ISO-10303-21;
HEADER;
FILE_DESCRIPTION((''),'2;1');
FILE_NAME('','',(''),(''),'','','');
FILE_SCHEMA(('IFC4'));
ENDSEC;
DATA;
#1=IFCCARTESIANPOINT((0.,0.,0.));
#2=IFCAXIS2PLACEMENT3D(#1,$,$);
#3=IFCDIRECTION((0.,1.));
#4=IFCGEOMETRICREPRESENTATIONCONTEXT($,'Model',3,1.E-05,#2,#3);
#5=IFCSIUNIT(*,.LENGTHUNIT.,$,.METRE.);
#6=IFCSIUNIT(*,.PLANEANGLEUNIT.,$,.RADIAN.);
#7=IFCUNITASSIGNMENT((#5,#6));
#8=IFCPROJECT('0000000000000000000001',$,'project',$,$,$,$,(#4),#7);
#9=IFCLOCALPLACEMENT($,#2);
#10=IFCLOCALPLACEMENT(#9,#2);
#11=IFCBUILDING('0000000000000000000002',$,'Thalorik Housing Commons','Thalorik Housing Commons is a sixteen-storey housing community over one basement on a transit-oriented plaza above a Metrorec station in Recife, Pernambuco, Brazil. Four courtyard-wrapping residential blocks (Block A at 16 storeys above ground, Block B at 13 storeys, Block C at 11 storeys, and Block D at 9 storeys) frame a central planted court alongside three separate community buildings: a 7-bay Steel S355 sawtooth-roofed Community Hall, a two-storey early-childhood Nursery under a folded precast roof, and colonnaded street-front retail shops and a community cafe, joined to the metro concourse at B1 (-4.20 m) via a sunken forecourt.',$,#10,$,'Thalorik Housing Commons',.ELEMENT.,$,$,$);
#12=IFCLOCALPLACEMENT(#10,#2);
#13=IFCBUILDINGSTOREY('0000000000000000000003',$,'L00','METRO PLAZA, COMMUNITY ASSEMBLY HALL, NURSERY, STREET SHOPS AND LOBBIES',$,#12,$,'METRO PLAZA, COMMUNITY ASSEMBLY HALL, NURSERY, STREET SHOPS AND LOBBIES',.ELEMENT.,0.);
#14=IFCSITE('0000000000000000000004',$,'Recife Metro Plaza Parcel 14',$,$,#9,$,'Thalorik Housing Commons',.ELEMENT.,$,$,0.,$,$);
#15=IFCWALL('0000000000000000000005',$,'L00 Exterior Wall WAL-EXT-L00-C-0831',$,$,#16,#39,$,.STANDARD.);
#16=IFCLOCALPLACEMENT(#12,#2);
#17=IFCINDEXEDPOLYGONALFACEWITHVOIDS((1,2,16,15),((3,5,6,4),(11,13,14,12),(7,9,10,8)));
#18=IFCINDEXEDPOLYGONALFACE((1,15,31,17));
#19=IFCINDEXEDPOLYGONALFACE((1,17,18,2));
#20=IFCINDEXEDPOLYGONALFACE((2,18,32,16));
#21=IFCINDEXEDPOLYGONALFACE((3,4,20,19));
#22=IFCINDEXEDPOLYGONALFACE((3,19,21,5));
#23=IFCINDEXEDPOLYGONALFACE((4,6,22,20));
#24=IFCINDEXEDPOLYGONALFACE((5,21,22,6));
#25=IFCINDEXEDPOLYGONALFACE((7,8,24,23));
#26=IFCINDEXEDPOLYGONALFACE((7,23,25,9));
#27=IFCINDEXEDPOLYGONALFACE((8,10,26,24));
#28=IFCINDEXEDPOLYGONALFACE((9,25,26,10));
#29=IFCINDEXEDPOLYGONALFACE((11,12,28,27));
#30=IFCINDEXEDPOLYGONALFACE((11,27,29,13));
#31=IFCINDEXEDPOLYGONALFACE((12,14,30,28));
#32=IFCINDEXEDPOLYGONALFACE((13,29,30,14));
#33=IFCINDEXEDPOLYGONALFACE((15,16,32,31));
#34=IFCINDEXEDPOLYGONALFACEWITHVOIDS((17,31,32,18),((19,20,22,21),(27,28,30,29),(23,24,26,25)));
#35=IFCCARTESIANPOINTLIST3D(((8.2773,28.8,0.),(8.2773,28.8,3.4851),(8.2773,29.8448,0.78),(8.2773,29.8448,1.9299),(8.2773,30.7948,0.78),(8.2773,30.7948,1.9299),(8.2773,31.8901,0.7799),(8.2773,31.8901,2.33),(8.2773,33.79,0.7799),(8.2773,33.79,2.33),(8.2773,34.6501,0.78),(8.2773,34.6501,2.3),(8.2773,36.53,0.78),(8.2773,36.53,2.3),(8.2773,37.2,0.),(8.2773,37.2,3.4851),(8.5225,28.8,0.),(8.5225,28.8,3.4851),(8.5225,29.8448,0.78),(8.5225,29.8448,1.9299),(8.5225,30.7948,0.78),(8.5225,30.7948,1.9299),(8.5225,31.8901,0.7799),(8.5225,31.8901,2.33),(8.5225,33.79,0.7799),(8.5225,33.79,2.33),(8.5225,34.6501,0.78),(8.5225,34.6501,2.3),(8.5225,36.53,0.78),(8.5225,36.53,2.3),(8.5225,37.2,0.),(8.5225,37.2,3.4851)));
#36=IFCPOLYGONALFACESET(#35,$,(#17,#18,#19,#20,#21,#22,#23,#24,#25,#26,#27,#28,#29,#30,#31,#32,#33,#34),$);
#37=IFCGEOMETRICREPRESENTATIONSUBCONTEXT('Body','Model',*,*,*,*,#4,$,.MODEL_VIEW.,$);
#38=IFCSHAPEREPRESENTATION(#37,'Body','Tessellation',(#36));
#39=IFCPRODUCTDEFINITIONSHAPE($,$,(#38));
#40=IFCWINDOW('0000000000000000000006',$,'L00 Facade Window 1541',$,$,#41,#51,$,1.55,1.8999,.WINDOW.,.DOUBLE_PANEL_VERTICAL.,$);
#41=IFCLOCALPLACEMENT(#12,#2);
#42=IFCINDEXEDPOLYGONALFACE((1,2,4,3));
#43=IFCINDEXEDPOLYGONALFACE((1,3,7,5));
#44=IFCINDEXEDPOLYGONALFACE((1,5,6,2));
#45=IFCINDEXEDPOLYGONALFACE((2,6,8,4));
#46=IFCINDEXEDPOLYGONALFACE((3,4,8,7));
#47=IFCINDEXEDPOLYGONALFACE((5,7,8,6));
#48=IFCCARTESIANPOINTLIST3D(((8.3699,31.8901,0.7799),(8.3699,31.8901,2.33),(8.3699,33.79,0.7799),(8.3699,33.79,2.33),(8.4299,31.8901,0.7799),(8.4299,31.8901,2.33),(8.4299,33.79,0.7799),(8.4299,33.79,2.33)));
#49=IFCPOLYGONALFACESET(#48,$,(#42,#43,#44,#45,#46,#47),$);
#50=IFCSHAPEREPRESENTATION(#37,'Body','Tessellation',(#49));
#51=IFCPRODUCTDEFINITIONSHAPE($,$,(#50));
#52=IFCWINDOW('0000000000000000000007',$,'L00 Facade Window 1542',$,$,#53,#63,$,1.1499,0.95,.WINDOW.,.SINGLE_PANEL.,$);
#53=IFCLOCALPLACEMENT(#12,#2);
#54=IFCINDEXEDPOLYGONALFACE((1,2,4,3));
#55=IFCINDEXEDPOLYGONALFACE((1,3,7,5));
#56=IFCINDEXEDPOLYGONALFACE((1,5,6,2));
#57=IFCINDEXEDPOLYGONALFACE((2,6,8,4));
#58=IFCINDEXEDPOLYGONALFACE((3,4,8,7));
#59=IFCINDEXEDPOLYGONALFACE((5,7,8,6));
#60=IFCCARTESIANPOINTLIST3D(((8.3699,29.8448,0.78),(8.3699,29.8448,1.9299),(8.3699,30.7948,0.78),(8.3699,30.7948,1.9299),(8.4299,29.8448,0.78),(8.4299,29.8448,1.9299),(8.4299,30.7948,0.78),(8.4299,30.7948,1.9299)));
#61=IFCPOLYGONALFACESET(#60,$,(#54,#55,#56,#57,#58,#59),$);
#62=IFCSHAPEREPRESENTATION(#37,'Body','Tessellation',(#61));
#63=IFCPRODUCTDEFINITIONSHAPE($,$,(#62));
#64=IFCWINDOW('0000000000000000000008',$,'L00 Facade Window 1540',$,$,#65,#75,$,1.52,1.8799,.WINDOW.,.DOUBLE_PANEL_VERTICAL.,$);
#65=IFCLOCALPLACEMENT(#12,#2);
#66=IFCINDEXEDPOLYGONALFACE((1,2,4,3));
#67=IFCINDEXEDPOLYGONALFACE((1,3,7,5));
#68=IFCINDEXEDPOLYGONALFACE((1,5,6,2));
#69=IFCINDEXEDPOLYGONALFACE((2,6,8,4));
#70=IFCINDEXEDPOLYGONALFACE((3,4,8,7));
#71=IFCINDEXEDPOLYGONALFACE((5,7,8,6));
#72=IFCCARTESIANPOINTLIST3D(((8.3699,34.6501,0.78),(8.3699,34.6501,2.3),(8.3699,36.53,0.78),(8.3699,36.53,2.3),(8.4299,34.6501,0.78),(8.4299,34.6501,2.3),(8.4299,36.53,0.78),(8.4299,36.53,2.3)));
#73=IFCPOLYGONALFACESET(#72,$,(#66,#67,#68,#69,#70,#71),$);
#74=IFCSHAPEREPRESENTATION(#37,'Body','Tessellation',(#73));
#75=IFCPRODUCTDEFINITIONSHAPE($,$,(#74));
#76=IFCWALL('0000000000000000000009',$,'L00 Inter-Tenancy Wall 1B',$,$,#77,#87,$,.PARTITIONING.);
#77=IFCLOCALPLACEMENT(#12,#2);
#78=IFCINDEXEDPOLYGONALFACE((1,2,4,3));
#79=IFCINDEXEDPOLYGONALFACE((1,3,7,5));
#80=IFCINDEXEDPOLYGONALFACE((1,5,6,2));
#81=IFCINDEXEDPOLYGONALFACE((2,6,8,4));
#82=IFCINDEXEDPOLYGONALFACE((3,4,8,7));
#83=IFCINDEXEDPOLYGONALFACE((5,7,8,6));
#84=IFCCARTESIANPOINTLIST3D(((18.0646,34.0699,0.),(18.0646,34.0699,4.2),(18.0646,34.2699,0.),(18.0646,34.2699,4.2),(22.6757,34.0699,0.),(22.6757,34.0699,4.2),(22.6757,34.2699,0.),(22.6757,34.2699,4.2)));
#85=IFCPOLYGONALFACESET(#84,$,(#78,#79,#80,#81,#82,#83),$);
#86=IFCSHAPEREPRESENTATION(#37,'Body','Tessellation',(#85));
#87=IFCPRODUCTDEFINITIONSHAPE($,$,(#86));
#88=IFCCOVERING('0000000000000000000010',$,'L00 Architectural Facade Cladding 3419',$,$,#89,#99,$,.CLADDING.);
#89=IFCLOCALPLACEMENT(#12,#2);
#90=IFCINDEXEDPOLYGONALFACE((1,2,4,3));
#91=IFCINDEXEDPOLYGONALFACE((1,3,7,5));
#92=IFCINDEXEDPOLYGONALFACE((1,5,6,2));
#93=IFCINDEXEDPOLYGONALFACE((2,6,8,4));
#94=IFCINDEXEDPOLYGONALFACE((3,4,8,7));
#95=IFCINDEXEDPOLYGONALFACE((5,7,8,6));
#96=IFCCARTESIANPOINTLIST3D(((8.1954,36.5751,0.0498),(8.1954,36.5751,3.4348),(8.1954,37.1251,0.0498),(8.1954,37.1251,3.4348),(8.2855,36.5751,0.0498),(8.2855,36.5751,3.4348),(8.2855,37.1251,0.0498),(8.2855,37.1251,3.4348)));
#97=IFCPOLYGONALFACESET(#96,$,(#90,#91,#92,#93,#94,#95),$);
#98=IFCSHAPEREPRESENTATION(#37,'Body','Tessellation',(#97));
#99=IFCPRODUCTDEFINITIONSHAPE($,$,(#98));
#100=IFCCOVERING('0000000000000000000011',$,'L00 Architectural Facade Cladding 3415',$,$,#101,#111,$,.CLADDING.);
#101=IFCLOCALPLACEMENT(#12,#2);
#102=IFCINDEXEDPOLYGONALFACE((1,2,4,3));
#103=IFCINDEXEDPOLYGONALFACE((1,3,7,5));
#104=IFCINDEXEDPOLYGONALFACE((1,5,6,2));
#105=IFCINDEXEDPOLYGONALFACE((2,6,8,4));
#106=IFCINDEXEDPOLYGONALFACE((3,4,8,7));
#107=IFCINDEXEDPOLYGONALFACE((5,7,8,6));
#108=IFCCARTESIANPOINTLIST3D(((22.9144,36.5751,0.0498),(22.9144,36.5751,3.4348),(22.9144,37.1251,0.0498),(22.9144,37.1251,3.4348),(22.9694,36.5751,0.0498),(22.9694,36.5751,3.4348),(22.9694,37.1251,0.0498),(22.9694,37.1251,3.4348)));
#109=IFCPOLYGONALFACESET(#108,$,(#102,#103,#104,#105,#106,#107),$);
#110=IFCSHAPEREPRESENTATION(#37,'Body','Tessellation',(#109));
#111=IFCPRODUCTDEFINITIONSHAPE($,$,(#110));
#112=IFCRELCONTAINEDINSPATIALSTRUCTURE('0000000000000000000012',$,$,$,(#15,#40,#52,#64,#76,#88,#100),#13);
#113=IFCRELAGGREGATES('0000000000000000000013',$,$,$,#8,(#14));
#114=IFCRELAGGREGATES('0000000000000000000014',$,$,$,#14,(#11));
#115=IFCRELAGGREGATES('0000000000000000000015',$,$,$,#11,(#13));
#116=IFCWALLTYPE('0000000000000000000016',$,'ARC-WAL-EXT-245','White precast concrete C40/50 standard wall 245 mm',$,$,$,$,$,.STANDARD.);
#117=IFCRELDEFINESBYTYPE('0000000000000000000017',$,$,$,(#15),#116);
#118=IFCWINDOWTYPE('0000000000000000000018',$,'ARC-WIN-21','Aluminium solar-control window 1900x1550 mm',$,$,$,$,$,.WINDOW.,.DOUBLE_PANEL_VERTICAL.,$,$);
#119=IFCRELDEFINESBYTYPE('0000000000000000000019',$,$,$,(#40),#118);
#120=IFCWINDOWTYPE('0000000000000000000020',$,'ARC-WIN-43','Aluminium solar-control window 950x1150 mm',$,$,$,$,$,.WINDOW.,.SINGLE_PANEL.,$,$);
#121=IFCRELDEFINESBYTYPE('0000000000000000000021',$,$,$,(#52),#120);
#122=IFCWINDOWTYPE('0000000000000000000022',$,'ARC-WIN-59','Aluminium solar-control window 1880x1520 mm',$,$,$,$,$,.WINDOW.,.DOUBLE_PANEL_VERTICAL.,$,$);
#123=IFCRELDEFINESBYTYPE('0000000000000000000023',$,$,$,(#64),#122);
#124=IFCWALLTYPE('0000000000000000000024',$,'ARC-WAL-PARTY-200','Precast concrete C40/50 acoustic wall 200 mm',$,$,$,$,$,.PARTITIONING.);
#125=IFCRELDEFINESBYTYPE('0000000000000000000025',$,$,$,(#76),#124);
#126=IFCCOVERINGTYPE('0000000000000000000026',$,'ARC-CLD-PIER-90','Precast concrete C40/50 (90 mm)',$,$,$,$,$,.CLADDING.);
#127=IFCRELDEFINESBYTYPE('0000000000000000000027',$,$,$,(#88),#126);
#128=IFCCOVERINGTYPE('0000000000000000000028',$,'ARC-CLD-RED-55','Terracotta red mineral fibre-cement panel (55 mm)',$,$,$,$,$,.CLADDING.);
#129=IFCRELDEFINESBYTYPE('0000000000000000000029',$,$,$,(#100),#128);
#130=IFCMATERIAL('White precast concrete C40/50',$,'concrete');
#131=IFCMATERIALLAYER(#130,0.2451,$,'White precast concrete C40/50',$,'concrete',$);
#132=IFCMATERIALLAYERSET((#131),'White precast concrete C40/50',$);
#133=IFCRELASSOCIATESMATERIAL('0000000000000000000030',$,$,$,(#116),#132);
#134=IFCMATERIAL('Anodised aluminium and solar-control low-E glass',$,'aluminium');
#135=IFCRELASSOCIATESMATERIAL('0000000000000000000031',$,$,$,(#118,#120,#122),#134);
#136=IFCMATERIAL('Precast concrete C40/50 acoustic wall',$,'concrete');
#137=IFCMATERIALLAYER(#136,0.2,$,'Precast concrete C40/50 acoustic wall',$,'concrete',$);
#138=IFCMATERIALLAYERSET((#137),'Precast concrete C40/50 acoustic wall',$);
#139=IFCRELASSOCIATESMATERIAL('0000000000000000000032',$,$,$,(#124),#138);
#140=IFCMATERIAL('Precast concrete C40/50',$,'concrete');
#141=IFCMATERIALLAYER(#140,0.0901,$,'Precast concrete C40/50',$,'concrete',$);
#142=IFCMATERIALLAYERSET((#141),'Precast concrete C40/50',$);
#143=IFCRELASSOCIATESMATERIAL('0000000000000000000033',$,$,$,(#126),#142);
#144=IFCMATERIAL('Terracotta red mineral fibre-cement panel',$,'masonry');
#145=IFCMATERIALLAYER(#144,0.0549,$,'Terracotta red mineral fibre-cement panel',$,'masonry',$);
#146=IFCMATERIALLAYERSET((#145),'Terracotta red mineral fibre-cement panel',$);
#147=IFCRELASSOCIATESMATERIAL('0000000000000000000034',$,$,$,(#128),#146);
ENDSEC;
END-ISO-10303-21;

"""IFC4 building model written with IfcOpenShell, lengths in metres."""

from ifc_helpers import new_model, si_unit, direction, frame, frame_2d, origin, origin_2d, place, context, subcontext, project, spatial, rectangle, extrude, material, layer, layer_set, type_object, element, fill, save


model = new_model("IFC4")

# Units and contexts
model_context = context("Model", 3, precision=1e-05, world=origin(), true_north=direction((0.0, 1.0)))
body_context = subcontext(model_context, "Body", "Model", "MODEL_VIEW")
ifc_project = project(units=[si_unit("LENGTHUNIT", "METRE"), si_unit("PLANEANGLEUNIT", "RADIAN")], contexts=[model_context])

# Site, building, storey
site_placement = place(None, origin())
site = spatial("IfcSite", under=ifc_project, at=site_placement, Name="Recife Metro Plaza Parcel 14", LongName="Thalorik Housing Commons", CompositionType="ELEMENT", RefElevation=0.0)
building_placement = place(site_placement, origin())
building = spatial("IfcBuilding", under=site, at=building_placement, Name="Thalorik Housing Commons", Description="Thalorik Housing Commons is a sixteen-storey housing community over one basement on a transit-oriented plaza above a Metrorec station in Recife, Pernambuco, Brazil. Four courtyard-wrapping residential blocks (Block A at 16 storeys above ground, Block B at 13 storeys, Block C at 11 storeys, and Block D at 9 storeys) frame a central planted court alongside three separate community buildings: a 7-bay Steel S355 sawtooth-roofed Community Hall, a two-storey early-childhood Nursery under a folded precast roof, and colonnaded street-front retail shops and a community cafe, joined to the metro concourse at B1 (-4.20 m) via a sunken forecourt.", LongName="Thalorik Housing Commons", CompositionType="ELEMENT")
storey_placement = place(building_placement, origin())
storey = spatial("IfcBuildingStorey", under=building, at=storey_placement, Name="L00", Description="METRO PLAZA, COMMUNITY ASSEMBLY HALL, NURSERY, STREET SHOPS AND LOBBIES", LongName="METRO PLAZA, COMMUNITY ASSEMBLY HALL, NURSERY, STREET SHOPS AND LOBBIES", CompositionType="ELEMENT", Elevation=0.0)

# Shared definitions
ifc_material_1 = material(Name="Precast concrete C40/50", Category="concrete")

# Shared definitions
ifc_material_2 = material(Name="White precast concrete C40/50", Category="concrete")
ifc_layer_1 = layer(ifc_material_2, 0.2451, Name="White precast concrete C40/50", Category="concrete")
ifc_layer_set_1 = layer_set([ifc_layer_1], Name="White precast concrete C40/50")
wall_type_1 = type_object("IfcWallType", Name="ARC-WAL-EXT-245", Description="White precast concrete C40/50 standard wall 245 mm", PredefinedType="STANDARD", material=ifc_layer_set_1)

# Wall, openings, windows
wall_1_placement = place(storey_placement, frame((8.3999, 37.2, 0.0), z_axis=(0.0, 0.0, 1.0), x_axis=(0.0, -1.0, 0.0)))
wall_1 = element("IfcWall", 1, at=wall_1_placement, inside=storey, type_object=wall_type_1, Name="L00 Exterior Wall WAL-EXT-L00-C-0831", PredefinedType="STANDARD", context=body_context, shape_type="SweptSolid", body=[
    extrude(rectangle(XDim=8.3999, YDim=0.2451, at=frame_2d((4.2, 0.0))), origin(), (0.0, 0.0, 1.0), 3.4851),
])
opening_1_placement = place(wall_1_placement, frame((0.6699, 0.0, 0.78)))
opening_1 = element("IfcOpeningElement", 2, at=opening_1_placement, cuts=wall_1, PredefinedType="OPENING", context=body_context, shape_type="SweptSolid", body=[
    extrude(rectangle(XDim=1.8799, YDim=1.52, at=frame_2d((0.9399, 0.76))), frame((0.0, 0.1326, 0.0), z_axis=(0.0, -1.0, 0.0), x_axis=(1.0, 0.0, 0.0)), (0.0, 0.0, 1.0), 0.2651),
])
opening_2_placement = place(wall_1_placement, frame((3.4099, 0.0, 0.78)))
opening_2 = element("IfcOpeningElement", 3, at=opening_2_placement, cuts=wall_1, PredefinedType="OPENING", context=body_context, shape_type="SweptSolid", body=[
    extrude(rectangle(XDim=1.8999, YDim=1.55, at=frame_2d((0.95, 0.7749))), frame((0.0, 0.1326, 0.0), z_axis=(0.0, -1.0, 0.0), x_axis=(1.0, 0.0, 0.0)), (0.0, 0.0, 1.0), 0.2651),
])
opening_3_placement = place(wall_1_placement, frame((6.405, 0.0, 0.78)))
opening_3 = element("IfcOpeningElement", 4, at=opening_3_placement, cuts=wall_1, PredefinedType="OPENING", context=body_context, shape_type="SweptSolid", body=[
    extrude(rectangle(XDim=0.95, YDim=1.1499, at=frame_2d((0.4751, 0.575))), frame((0.0, 0.1326, 0.0), z_axis=(0.0, -1.0, 0.0), x_axis=(1.0, 0.0, 0.0)), (0.0, 0.0, 1.0), 0.2651),
])
ifc_material_3 = material(Name="Anodised aluminium and solar-control low-E glass", Category="aluminium")
window_type_1 = type_object("IfcWindowType", Name="ARC-WIN-21", Description="Aluminium solar-control window 1900x1550 mm", PartitioningType="DOUBLE_PANEL_VERTICAL", PredefinedType="WINDOW", material=ifc_material_3)
window_1_placement = place(opening_2_placement, origin())
window_1 = element("IfcWindow", 5, at=window_1_placement, inside=storey, type_object=window_type_1, Name="L00 Facade Window 1541", OverallHeight=1.55, OverallWidth=1.8999, PartitioningType="DOUBLE_PANEL_VERTICAL", PredefinedType="WINDOW", context=body_context, shape_type="SweptSolid", body=[
    extrude(rectangle(XDim=1.8999, YDim=1.55, at=frame_2d((0.95, 0.7749))), frame((0.0, 0.03, 0.0), z_axis=(0.0, -1.0, 0.0), x_axis=(1.0, 0.0, 0.0)), (0.0, 0.0, 1.0), 0.0601),
])
fill(opening_2, window_1)
window_type_2 = type_object("IfcWindowType", Name="ARC-WIN-43", Description="Aluminium solar-control window 950x1150 mm", PartitioningType="SINGLE_PANEL", PredefinedType="WINDOW", material=ifc_material_3)
window_2_placement = place(opening_3_placement, origin())
window_2 = element("IfcWindow", 6, at=window_2_placement, inside=storey, type_object=window_type_2, Name="L00 Facade Window 1542", OverallHeight=1.1499, OverallWidth=0.95, PartitioningType="SINGLE_PANEL", PredefinedType="WINDOW", context=body_context, shape_type="SweptSolid", body=[
    extrude(rectangle(XDim=0.95, YDim=1.1499, at=frame_2d((0.4751, 0.575))), frame((0.0, 0.03, 0.0), z_axis=(0.0, -1.0, 0.0), x_axis=(1.0, 0.0, 0.0)), (0.0, 0.0, 1.0), 0.0601),
])
fill(opening_3, window_2)
window_type_3 = type_object("IfcWindowType", Name="ARC-WIN-59", Description="Aluminium solar-control window 1880x1520 mm", PartitioningType="DOUBLE_PANEL_VERTICAL", PredefinedType="WINDOW", material=ifc_material_3)
window_3_placement = place(opening_1_placement, origin())
window_3 = element("IfcWindow", 7, at=window_3_placement, inside=storey, type_object=window_type_3, Name="L00 Facade Window 1540", OverallHeight=1.52, OverallWidth=1.8799, PartitioningType="DOUBLE_PANEL_VERTICAL", PredefinedType="WINDOW", context=body_context, shape_type="SweptSolid", body=[
    extrude(rectangle(XDim=1.8799, YDim=1.52, at=frame_2d((0.9399, 0.76))), frame((0.0, 0.03, 0.0), z_axis=(0.0, -1.0, 0.0), x_axis=(1.0, 0.0, 0.0)), (0.0, 0.0, 1.0), 0.0601),
])
fill(opening_1, window_3)

# Wall
ifc_material_4 = material(Name="Precast concrete C40/50 acoustic wall", Category="concrete")
ifc_layer_2 = layer(ifc_material_4, 0.2, Name="Precast concrete C40/50 acoustic wall", Category="concrete")
ifc_layer_set_2 = layer_set([ifc_layer_2], Name="Precast concrete C40/50 acoustic wall")
wall_type_2 = type_object("IfcWallType", Name="ARC-WAL-PARTY-200", Description="Precast concrete C40/50 acoustic wall 200 mm", PredefinedType="PARTITIONING", material=ifc_layer_set_2)
wall_2_placement = place(storey_placement, frame((18.0645, 34.1699, 0.0), z_axis=(0.0, 0.0, 1.0), x_axis=(1.0, 0.0, 0.0)))
element("IfcWall", 8, at=wall_2_placement, inside=storey, type_object=wall_type_2, Name="L00 Inter-Tenancy Wall 1B", PredefinedType="PARTITIONING", context=body_context, shape_type="SweptSolid", body=[
    extrude(rectangle(XDim=4.6111, YDim=0.2, at=frame_2d((2.3057, 0.0))), origin(), (0.0, 0.0, 1.0), 4.2),
])

# Coverings
ifc_layer_3 = layer(ifc_material_1, 0.0901, Name="Precast concrete C40/50", Category="concrete")
ifc_layer_set_3 = layer_set([ifc_layer_3], Name="Precast concrete C40/50")
covering_type_1 = type_object("IfcCoveringType", Name="ARC-CLD-PIER-90", Description="Precast concrete C40/50 (90 mm)", PredefinedType="CLADDING", material=ifc_layer_set_3)
covering_1_placement = place(storey_placement, frame((8.2405, 36.8501, 0.0498), z_axis=(0.0, 0.0, 1.0), x_axis=(0.0, -1.0, 0.0)))
element("IfcCovering", 9, at=covering_1_placement, inside=storey, type_object=covering_type_1, Name="L00 Architectural Facade Cladding 3419", PredefinedType="CLADDING", context=body_context, shape_type="SweptSolid", body=[
    extrude(rectangle(XDim=0.55, YDim=0.0901, at=origin_2d()), origin(), (0.0, 0.0, 1.0), 3.385),
])
ifc_material_5 = material(Name="Terracotta red mineral fibre-cement panel", Category="masonry")
ifc_layer_4 = layer(ifc_material_5, 0.0549, Name="Terracotta red mineral fibre-cement panel", Category="masonry")
ifc_layer_set_4 = layer_set([ifc_layer_4], Name="Terracotta red mineral fibre-cement panel")
covering_type_2 = type_object("IfcCoveringType", Name="ARC-CLD-RED-55", Description="Terracotta red mineral fibre-cement panel (55 mm)", PredefinedType="CLADDING", material=ifc_layer_set_4)
covering_2_placement = place(storey_placement, frame((22.9419, 36.8501, 0.0498), z_axis=(0.0, 0.0, 1.0), x_axis=(0.0, 1.0, 0.0)))
element("IfcCovering", 10, at=covering_2_placement, inside=storey, type_object=covering_type_2, Name="L00 Architectural Facade Cladding 3415", PredefinedType="CLADDING", context=body_context, shape_type="SweptSolid", body=[
    extrude(rectangle(XDim=0.55, YDim=0.0549, at=origin_2d()), origin(), (0.0, 0.0, 1.0), 3.385),
])

save(model, "model.ifc")
